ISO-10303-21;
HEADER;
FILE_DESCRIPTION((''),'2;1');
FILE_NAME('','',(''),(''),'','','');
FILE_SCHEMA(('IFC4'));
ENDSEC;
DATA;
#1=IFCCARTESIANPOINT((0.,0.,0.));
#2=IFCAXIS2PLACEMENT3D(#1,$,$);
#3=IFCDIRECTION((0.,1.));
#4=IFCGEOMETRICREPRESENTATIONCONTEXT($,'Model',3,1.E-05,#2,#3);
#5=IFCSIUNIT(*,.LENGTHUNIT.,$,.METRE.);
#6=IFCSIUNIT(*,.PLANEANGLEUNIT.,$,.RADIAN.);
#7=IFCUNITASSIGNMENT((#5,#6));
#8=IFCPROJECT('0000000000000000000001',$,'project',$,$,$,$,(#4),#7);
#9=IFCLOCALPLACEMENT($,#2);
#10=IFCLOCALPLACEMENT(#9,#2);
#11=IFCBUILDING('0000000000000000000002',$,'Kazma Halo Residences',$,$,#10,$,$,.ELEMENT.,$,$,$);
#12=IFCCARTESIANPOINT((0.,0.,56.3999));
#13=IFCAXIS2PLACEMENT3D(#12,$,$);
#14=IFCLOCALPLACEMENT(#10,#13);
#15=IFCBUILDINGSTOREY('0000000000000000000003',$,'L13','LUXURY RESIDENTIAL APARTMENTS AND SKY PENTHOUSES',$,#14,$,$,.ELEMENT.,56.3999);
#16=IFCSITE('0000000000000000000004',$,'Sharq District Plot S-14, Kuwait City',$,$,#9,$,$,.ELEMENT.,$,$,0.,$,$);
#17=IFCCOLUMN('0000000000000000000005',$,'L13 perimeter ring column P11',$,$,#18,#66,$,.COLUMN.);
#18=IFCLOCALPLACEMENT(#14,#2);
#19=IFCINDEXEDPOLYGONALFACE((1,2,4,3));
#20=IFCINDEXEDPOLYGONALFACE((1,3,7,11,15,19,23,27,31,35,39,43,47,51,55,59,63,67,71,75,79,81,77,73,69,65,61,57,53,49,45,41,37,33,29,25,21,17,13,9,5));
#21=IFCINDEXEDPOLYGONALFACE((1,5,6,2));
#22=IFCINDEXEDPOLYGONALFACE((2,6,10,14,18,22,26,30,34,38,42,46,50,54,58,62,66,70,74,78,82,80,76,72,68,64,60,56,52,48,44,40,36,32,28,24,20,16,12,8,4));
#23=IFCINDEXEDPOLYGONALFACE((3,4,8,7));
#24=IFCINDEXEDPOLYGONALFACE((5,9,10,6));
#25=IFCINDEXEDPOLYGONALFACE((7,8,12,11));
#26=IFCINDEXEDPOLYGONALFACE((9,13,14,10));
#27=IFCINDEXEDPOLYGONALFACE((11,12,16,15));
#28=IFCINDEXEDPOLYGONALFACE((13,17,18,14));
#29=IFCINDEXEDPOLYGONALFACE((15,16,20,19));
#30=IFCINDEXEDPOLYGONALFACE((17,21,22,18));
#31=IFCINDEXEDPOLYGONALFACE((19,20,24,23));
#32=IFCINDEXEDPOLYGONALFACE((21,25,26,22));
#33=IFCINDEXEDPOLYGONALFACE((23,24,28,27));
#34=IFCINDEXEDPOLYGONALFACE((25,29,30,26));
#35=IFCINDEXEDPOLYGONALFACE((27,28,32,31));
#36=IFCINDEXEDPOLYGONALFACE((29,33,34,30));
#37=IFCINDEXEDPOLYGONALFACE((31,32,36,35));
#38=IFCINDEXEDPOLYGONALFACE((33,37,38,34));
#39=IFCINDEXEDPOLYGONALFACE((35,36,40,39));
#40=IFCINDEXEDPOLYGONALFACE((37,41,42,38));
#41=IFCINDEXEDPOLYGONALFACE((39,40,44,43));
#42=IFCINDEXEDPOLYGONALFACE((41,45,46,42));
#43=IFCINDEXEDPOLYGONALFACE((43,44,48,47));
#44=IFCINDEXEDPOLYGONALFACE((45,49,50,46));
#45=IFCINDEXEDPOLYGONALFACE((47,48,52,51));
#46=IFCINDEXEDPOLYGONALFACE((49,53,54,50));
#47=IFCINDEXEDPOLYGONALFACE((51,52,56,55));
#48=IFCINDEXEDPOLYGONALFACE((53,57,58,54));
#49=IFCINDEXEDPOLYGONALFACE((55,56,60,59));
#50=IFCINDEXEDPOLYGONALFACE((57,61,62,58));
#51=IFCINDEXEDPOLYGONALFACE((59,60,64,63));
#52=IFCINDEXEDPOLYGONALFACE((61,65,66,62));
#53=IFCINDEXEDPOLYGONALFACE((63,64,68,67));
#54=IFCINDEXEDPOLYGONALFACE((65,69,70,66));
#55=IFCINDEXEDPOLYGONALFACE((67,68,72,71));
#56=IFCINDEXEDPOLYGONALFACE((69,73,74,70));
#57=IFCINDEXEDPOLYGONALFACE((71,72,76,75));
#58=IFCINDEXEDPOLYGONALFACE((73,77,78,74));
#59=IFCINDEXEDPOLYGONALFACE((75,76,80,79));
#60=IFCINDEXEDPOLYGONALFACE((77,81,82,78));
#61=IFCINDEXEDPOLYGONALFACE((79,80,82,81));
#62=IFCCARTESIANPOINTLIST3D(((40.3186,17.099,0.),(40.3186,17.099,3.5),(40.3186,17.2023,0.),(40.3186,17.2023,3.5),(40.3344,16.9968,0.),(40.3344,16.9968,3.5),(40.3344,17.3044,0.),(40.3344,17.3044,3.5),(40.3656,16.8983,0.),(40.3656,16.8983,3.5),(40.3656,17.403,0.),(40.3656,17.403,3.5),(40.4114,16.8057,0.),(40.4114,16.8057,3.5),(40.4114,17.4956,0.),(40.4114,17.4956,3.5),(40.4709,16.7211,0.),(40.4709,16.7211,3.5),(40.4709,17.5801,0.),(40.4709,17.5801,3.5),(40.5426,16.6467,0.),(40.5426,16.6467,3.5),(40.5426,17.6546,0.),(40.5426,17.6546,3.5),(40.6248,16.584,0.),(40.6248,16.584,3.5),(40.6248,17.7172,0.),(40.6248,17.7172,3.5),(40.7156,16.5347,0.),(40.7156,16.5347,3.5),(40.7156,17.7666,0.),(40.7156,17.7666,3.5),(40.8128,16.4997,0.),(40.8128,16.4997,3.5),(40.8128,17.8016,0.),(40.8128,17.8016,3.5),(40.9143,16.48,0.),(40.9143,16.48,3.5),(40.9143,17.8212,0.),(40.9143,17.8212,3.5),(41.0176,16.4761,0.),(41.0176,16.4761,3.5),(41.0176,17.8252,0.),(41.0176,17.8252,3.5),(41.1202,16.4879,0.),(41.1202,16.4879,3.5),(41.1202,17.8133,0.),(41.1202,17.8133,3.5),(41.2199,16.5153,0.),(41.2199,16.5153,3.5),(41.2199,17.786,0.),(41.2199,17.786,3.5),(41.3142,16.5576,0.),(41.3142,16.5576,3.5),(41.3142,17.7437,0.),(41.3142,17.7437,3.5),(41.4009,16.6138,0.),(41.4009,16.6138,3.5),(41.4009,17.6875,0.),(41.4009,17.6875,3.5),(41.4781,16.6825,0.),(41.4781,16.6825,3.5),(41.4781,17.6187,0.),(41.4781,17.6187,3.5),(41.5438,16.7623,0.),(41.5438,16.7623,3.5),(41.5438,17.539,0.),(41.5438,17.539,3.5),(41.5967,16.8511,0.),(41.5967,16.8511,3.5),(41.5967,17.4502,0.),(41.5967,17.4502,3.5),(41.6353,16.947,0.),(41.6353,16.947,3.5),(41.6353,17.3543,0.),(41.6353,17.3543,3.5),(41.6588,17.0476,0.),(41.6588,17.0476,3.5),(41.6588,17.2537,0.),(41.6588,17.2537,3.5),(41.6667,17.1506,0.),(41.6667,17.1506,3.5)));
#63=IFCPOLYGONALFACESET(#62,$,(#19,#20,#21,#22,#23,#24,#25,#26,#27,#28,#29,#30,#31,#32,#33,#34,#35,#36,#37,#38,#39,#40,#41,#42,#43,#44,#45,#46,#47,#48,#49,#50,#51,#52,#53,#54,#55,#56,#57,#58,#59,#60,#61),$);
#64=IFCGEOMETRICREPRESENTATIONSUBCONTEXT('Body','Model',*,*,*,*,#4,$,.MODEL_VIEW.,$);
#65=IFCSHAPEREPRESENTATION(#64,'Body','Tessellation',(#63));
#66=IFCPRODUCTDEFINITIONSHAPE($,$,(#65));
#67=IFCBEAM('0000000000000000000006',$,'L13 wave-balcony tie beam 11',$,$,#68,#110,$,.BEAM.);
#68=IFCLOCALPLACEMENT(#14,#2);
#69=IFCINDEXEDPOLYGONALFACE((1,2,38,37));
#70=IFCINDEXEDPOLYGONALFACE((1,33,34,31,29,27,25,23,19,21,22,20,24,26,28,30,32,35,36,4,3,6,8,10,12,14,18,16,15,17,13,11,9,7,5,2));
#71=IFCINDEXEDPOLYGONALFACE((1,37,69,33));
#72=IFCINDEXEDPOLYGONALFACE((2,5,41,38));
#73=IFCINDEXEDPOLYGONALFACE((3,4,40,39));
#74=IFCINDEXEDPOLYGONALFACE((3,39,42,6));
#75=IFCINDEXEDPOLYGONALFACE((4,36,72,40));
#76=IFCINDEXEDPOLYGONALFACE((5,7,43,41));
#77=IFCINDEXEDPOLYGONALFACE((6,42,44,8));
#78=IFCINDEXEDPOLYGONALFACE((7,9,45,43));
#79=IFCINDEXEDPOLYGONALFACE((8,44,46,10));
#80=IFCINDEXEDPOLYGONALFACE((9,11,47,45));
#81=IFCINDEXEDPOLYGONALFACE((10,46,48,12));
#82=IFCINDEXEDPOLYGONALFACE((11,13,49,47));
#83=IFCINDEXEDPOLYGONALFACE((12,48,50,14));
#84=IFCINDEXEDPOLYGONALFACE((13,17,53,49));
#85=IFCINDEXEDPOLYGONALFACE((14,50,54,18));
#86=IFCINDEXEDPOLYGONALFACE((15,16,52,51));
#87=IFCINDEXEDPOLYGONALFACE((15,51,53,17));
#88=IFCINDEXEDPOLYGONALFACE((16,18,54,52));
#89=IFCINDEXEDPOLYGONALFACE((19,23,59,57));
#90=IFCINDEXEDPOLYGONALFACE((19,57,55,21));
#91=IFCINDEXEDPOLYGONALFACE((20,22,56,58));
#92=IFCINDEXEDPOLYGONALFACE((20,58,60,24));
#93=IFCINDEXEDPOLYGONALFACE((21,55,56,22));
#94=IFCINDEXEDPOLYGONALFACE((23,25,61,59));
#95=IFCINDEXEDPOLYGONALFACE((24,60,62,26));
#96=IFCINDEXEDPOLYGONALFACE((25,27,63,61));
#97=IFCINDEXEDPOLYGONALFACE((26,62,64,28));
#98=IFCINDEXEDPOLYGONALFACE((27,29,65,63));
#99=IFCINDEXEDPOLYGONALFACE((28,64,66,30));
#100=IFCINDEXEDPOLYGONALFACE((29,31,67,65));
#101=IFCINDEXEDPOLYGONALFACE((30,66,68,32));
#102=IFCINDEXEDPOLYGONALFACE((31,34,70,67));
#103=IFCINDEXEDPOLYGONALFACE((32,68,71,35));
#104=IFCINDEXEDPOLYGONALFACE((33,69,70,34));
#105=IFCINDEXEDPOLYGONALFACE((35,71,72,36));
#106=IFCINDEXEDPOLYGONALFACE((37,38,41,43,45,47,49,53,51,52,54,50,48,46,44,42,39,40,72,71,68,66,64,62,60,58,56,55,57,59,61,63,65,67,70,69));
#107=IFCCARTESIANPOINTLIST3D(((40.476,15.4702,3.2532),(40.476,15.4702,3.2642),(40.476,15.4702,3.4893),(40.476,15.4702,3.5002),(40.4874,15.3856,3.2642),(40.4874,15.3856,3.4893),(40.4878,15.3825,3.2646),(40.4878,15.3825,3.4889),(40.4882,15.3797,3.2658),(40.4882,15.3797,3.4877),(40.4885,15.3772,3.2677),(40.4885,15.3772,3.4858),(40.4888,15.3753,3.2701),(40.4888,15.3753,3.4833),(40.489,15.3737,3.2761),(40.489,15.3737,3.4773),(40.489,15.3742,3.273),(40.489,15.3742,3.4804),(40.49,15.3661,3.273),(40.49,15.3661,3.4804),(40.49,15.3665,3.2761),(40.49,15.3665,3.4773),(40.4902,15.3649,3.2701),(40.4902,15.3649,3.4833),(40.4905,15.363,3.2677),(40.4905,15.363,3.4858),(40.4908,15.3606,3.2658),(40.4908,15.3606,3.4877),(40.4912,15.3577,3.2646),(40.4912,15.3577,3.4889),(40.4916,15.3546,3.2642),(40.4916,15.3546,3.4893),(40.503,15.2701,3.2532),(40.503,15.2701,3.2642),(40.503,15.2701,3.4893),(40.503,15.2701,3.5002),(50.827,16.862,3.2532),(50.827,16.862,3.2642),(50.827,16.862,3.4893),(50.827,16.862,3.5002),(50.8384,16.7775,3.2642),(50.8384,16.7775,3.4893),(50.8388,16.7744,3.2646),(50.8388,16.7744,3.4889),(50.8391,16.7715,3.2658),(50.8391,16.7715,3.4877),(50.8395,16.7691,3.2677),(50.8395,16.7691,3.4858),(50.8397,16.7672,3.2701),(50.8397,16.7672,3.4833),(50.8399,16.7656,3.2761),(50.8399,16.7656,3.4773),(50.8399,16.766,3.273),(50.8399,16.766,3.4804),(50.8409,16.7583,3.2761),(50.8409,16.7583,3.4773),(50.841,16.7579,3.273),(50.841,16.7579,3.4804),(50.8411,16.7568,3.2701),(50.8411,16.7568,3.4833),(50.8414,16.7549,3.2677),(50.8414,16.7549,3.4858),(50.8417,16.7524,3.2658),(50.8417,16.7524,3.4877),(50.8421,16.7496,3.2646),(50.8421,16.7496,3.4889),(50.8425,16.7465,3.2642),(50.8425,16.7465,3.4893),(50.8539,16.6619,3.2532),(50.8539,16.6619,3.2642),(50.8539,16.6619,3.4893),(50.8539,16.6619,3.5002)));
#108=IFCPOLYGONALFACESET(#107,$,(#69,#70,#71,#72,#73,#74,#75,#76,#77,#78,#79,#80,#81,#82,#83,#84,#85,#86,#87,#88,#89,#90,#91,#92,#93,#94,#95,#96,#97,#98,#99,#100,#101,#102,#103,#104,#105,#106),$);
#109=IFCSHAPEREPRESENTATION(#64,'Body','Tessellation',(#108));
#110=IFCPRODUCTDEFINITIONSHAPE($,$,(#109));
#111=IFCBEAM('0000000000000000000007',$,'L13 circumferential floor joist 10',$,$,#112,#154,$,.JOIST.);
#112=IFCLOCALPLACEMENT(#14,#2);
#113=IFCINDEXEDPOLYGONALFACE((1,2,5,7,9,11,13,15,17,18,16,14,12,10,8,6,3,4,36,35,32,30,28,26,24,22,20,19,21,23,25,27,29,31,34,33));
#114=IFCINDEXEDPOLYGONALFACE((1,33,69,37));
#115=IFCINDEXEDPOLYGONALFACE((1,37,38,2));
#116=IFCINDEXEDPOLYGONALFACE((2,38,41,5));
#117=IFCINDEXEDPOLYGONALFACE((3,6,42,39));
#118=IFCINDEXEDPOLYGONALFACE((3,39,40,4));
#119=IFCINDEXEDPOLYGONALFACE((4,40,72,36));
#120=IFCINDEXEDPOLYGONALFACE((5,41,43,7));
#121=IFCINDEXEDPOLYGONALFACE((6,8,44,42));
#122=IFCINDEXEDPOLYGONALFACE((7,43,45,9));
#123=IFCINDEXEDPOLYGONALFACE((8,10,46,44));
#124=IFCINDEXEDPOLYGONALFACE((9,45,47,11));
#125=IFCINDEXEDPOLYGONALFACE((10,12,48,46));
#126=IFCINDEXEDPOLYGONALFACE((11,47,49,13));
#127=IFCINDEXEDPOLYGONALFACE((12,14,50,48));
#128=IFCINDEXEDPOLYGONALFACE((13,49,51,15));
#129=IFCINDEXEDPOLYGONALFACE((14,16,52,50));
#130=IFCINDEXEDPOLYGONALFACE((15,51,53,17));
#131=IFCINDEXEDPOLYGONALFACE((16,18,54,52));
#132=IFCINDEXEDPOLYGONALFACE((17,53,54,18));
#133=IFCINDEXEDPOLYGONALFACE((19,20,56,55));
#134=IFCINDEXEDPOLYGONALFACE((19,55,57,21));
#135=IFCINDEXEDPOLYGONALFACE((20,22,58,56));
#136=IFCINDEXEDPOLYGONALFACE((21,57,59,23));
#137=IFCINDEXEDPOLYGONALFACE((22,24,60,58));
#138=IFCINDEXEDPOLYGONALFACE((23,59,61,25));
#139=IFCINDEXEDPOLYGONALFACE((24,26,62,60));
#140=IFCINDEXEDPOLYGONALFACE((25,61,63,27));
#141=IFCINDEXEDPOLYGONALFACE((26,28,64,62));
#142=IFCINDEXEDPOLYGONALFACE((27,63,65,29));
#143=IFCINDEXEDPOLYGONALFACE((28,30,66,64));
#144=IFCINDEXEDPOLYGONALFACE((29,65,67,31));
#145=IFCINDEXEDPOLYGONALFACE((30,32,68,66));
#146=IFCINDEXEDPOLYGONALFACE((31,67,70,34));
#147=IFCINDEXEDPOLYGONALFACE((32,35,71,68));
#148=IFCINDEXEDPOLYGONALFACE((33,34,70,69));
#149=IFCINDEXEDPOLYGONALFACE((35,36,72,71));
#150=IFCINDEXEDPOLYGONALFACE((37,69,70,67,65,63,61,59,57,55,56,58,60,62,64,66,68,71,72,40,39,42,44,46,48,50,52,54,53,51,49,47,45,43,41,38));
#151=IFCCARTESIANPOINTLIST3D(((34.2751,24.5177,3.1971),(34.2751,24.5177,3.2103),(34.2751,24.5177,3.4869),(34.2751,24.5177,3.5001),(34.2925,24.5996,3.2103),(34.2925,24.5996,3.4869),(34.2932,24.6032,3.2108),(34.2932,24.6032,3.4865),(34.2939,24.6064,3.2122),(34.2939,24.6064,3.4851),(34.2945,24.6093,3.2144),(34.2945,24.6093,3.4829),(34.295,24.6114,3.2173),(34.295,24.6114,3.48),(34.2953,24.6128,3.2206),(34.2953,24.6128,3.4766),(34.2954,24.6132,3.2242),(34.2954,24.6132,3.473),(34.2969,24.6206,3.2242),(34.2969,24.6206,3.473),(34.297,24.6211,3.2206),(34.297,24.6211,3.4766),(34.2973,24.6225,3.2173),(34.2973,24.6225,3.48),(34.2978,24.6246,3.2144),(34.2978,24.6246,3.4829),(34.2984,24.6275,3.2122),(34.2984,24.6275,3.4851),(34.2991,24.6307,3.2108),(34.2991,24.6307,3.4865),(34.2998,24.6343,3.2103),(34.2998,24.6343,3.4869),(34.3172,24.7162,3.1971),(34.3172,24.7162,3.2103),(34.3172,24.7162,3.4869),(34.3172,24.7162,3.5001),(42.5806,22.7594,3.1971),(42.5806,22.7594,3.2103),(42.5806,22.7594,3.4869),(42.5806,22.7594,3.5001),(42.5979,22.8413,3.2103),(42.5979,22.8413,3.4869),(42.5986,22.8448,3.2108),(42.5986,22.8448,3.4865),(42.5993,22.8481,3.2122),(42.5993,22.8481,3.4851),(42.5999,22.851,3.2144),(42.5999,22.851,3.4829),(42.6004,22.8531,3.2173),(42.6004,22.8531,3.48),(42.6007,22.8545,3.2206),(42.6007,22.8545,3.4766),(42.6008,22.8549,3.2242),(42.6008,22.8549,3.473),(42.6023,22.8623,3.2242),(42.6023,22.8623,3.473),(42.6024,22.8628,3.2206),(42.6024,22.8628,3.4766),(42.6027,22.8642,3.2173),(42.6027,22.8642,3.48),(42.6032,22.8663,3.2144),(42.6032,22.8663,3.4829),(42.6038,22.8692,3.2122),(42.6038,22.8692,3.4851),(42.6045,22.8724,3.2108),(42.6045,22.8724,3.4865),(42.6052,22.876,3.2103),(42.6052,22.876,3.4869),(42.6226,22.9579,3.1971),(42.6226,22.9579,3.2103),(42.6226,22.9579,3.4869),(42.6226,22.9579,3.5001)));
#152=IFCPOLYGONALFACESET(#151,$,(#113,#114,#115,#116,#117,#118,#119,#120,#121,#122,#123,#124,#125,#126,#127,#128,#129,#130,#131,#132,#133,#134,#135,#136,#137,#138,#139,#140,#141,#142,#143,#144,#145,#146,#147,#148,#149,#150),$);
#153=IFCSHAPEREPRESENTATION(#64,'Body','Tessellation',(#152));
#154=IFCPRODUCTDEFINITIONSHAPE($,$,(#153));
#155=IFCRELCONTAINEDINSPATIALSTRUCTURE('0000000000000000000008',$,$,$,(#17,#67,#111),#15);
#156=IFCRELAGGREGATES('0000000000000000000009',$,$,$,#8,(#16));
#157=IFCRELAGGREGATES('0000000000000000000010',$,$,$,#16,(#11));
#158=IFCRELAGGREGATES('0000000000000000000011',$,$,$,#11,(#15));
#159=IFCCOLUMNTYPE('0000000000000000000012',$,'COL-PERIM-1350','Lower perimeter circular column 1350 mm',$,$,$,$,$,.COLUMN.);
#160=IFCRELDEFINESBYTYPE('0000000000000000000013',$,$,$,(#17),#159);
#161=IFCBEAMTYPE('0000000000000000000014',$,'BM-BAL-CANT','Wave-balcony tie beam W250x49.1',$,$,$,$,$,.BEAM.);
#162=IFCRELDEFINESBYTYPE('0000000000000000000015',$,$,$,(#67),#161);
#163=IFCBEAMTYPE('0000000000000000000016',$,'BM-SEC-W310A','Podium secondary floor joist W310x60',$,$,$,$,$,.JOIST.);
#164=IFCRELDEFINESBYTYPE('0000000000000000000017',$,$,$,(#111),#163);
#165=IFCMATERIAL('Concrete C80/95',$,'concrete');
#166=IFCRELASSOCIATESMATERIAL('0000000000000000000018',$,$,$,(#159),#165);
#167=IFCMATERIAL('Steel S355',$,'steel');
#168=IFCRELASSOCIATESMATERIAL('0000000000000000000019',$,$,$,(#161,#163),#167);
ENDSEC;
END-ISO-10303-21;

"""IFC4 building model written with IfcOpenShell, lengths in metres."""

from ifc_helpers import new_model, si_unit, direction, frame, origin, origin_2d, place, context, subcontext, project, spatial, circle, i_section, extrude, material, material_profile, profile_set, type_object, element, save


model = new_model("IFC4")

# Units and contexts
model_context = context("Model", 3, precision=1e-05, world=origin(), true_north=direction((0.0, 1.0)))
body_context = subcontext(model_context, "Body", "Model", "MODEL_VIEW")
ifc_project = project(units=[si_unit("LENGTHUNIT", "METRE"), si_unit("PLANEANGLEUNIT", "RADIAN")], contexts=[model_context])

# Site, building, storey
site_placement = place(None, origin())
site = spatial("IfcSite", under=ifc_project, at=site_placement, Name="Sharq District Plot S-14, Kuwait City", CompositionType="ELEMENT", RefElevation=0.0)
building_placement = place(site_placement, origin())
building = spatial("IfcBuilding", under=site, at=building_placement, Name="Kazma Halo Residences", CompositionType="ELEMENT")
storey_placement = place(building_placement, frame((0.0, 0.0, 56.3999)))
storey = spatial("IfcBuildingStorey", under=building, at=storey_placement, Name="L13", Description="LUXURY RESIDENTIAL APARTMENTS AND SKY PENTHOUSES", CompositionType="ELEMENT", Elevation=56.3999)

# Column
ifc_material_1 = material(Name="Concrete C80/95", Category="concrete")
ifc_material_profile_1 = material_profile(ifc_material_1, circle(Radius=0.675, at=origin_2d()), Name="CIRC1350")
ifc_profile_set_1 = profile_set([ifc_material_profile_1], Name="Concrete C80/95")
column_type = type_object("IfcColumnType", Name="COL-PERIM-1350", Description="Lower perimeter circular column 1350 mm", PredefinedType="COLUMN", material=ifc_profile_set_1)
column_placement = place(storey_placement, frame((40.9917, 17.1506, 0.0), z_axis=(0.0, 0.0, 1.0), x_axis=(1.0, 0.0, 0.0)))
element("IfcColumn", 1, at=column_placement, inside=storey, type_object=column_type, Name="L13 perimeter ring column P11", PredefinedType="COLUMN", context=body_context, shape_type="SweptSolid", body=[
    extrude(circle(Radius=0.675, at=origin_2d()), origin(), (0.0, 0.0, 1.0), 3.5),
])

# Beams
ifc_material_2 = material(Name="Steel S355", Category="steel")
ifc_material_profile_2 = material_profile(ifc_material_2, i_section(OverallWidth=0.2019, OverallDepth=0.2471, WebThickness=0.0073, FlangeThickness=0.011, FilletRadius=0.012, at=origin_2d()), Name="W250x49.1")
ifc_profile_set_2 = profile_set([ifc_material_profile_2], Name="Steel S355")
beam_type_1 = type_object("IfcBeamType", Name="BM-BAL-CANT", Description="Wave-balcony tie beam W250x49.1", PredefinedType="BEAM", material=ifc_profile_set_2)
beam_1_placement = place(storey_placement, frame((40.4895, 15.3701, 3.3767), z_axis=(0.99108, 0.133268, 0.0), x_axis=(-0.133268, 0.99108, 0.0)))
element("IfcBeam", 2, at=beam_1_placement, inside=storey, type_object=beam_type_1, Name="L13 wave-balcony tie beam 11", PredefinedType="BEAM", context=body_context, shape_type="SweptSolid", body=[
    extrude(i_section(OverallWidth=0.2019, OverallDepth=0.2471, WebThickness=0.0073, FlangeThickness=0.011, FilletRadius=0.012, at=origin_2d()), origin(), (0.0, 0.0, 1.0), 10.4441),
])
ifc_material_profile_3 = material_profile(ifc_material_2, i_section(OverallWidth=0.2029, OverallDepth=0.303, WebThickness=0.0076, FlangeThickness=0.0132, FilletRadius=0.0139, at=origin_2d()), Name="W310x60")
ifc_profile_set_3 = profile_set([ifc_material_profile_3], Name="Steel S355")
beam_type_2 = type_object("IfcBeamType", Name="BM-SEC-W310A", Description="Podium secondary floor joist W310x60", PredefinedType="JOIST", material=ifc_profile_set_3)
beam_2_placement = place(storey_placement, frame((34.2961, 24.6169, 3.3486), z_axis=(0.978317, -0.207115, 0.0), x_axis=(0.207115, 0.978317, 0.0)))
element("IfcBeam", 3, at=beam_2_placement, inside=storey, type_object=beam_type_2, Name="L13 circumferential floor joist 10", PredefinedType="JOIST", context=body_context, shape_type="SweptSolid", body=[
    extrude(i_section(OverallWidth=0.2029, OverallDepth=0.303, WebThickness=0.0076, FlangeThickness=0.0132, FilletRadius=0.0139, at=origin_2d()), origin(), (0.0, 0.0, 1.0), 8.4895),
])

save(model, "model.ifc")
